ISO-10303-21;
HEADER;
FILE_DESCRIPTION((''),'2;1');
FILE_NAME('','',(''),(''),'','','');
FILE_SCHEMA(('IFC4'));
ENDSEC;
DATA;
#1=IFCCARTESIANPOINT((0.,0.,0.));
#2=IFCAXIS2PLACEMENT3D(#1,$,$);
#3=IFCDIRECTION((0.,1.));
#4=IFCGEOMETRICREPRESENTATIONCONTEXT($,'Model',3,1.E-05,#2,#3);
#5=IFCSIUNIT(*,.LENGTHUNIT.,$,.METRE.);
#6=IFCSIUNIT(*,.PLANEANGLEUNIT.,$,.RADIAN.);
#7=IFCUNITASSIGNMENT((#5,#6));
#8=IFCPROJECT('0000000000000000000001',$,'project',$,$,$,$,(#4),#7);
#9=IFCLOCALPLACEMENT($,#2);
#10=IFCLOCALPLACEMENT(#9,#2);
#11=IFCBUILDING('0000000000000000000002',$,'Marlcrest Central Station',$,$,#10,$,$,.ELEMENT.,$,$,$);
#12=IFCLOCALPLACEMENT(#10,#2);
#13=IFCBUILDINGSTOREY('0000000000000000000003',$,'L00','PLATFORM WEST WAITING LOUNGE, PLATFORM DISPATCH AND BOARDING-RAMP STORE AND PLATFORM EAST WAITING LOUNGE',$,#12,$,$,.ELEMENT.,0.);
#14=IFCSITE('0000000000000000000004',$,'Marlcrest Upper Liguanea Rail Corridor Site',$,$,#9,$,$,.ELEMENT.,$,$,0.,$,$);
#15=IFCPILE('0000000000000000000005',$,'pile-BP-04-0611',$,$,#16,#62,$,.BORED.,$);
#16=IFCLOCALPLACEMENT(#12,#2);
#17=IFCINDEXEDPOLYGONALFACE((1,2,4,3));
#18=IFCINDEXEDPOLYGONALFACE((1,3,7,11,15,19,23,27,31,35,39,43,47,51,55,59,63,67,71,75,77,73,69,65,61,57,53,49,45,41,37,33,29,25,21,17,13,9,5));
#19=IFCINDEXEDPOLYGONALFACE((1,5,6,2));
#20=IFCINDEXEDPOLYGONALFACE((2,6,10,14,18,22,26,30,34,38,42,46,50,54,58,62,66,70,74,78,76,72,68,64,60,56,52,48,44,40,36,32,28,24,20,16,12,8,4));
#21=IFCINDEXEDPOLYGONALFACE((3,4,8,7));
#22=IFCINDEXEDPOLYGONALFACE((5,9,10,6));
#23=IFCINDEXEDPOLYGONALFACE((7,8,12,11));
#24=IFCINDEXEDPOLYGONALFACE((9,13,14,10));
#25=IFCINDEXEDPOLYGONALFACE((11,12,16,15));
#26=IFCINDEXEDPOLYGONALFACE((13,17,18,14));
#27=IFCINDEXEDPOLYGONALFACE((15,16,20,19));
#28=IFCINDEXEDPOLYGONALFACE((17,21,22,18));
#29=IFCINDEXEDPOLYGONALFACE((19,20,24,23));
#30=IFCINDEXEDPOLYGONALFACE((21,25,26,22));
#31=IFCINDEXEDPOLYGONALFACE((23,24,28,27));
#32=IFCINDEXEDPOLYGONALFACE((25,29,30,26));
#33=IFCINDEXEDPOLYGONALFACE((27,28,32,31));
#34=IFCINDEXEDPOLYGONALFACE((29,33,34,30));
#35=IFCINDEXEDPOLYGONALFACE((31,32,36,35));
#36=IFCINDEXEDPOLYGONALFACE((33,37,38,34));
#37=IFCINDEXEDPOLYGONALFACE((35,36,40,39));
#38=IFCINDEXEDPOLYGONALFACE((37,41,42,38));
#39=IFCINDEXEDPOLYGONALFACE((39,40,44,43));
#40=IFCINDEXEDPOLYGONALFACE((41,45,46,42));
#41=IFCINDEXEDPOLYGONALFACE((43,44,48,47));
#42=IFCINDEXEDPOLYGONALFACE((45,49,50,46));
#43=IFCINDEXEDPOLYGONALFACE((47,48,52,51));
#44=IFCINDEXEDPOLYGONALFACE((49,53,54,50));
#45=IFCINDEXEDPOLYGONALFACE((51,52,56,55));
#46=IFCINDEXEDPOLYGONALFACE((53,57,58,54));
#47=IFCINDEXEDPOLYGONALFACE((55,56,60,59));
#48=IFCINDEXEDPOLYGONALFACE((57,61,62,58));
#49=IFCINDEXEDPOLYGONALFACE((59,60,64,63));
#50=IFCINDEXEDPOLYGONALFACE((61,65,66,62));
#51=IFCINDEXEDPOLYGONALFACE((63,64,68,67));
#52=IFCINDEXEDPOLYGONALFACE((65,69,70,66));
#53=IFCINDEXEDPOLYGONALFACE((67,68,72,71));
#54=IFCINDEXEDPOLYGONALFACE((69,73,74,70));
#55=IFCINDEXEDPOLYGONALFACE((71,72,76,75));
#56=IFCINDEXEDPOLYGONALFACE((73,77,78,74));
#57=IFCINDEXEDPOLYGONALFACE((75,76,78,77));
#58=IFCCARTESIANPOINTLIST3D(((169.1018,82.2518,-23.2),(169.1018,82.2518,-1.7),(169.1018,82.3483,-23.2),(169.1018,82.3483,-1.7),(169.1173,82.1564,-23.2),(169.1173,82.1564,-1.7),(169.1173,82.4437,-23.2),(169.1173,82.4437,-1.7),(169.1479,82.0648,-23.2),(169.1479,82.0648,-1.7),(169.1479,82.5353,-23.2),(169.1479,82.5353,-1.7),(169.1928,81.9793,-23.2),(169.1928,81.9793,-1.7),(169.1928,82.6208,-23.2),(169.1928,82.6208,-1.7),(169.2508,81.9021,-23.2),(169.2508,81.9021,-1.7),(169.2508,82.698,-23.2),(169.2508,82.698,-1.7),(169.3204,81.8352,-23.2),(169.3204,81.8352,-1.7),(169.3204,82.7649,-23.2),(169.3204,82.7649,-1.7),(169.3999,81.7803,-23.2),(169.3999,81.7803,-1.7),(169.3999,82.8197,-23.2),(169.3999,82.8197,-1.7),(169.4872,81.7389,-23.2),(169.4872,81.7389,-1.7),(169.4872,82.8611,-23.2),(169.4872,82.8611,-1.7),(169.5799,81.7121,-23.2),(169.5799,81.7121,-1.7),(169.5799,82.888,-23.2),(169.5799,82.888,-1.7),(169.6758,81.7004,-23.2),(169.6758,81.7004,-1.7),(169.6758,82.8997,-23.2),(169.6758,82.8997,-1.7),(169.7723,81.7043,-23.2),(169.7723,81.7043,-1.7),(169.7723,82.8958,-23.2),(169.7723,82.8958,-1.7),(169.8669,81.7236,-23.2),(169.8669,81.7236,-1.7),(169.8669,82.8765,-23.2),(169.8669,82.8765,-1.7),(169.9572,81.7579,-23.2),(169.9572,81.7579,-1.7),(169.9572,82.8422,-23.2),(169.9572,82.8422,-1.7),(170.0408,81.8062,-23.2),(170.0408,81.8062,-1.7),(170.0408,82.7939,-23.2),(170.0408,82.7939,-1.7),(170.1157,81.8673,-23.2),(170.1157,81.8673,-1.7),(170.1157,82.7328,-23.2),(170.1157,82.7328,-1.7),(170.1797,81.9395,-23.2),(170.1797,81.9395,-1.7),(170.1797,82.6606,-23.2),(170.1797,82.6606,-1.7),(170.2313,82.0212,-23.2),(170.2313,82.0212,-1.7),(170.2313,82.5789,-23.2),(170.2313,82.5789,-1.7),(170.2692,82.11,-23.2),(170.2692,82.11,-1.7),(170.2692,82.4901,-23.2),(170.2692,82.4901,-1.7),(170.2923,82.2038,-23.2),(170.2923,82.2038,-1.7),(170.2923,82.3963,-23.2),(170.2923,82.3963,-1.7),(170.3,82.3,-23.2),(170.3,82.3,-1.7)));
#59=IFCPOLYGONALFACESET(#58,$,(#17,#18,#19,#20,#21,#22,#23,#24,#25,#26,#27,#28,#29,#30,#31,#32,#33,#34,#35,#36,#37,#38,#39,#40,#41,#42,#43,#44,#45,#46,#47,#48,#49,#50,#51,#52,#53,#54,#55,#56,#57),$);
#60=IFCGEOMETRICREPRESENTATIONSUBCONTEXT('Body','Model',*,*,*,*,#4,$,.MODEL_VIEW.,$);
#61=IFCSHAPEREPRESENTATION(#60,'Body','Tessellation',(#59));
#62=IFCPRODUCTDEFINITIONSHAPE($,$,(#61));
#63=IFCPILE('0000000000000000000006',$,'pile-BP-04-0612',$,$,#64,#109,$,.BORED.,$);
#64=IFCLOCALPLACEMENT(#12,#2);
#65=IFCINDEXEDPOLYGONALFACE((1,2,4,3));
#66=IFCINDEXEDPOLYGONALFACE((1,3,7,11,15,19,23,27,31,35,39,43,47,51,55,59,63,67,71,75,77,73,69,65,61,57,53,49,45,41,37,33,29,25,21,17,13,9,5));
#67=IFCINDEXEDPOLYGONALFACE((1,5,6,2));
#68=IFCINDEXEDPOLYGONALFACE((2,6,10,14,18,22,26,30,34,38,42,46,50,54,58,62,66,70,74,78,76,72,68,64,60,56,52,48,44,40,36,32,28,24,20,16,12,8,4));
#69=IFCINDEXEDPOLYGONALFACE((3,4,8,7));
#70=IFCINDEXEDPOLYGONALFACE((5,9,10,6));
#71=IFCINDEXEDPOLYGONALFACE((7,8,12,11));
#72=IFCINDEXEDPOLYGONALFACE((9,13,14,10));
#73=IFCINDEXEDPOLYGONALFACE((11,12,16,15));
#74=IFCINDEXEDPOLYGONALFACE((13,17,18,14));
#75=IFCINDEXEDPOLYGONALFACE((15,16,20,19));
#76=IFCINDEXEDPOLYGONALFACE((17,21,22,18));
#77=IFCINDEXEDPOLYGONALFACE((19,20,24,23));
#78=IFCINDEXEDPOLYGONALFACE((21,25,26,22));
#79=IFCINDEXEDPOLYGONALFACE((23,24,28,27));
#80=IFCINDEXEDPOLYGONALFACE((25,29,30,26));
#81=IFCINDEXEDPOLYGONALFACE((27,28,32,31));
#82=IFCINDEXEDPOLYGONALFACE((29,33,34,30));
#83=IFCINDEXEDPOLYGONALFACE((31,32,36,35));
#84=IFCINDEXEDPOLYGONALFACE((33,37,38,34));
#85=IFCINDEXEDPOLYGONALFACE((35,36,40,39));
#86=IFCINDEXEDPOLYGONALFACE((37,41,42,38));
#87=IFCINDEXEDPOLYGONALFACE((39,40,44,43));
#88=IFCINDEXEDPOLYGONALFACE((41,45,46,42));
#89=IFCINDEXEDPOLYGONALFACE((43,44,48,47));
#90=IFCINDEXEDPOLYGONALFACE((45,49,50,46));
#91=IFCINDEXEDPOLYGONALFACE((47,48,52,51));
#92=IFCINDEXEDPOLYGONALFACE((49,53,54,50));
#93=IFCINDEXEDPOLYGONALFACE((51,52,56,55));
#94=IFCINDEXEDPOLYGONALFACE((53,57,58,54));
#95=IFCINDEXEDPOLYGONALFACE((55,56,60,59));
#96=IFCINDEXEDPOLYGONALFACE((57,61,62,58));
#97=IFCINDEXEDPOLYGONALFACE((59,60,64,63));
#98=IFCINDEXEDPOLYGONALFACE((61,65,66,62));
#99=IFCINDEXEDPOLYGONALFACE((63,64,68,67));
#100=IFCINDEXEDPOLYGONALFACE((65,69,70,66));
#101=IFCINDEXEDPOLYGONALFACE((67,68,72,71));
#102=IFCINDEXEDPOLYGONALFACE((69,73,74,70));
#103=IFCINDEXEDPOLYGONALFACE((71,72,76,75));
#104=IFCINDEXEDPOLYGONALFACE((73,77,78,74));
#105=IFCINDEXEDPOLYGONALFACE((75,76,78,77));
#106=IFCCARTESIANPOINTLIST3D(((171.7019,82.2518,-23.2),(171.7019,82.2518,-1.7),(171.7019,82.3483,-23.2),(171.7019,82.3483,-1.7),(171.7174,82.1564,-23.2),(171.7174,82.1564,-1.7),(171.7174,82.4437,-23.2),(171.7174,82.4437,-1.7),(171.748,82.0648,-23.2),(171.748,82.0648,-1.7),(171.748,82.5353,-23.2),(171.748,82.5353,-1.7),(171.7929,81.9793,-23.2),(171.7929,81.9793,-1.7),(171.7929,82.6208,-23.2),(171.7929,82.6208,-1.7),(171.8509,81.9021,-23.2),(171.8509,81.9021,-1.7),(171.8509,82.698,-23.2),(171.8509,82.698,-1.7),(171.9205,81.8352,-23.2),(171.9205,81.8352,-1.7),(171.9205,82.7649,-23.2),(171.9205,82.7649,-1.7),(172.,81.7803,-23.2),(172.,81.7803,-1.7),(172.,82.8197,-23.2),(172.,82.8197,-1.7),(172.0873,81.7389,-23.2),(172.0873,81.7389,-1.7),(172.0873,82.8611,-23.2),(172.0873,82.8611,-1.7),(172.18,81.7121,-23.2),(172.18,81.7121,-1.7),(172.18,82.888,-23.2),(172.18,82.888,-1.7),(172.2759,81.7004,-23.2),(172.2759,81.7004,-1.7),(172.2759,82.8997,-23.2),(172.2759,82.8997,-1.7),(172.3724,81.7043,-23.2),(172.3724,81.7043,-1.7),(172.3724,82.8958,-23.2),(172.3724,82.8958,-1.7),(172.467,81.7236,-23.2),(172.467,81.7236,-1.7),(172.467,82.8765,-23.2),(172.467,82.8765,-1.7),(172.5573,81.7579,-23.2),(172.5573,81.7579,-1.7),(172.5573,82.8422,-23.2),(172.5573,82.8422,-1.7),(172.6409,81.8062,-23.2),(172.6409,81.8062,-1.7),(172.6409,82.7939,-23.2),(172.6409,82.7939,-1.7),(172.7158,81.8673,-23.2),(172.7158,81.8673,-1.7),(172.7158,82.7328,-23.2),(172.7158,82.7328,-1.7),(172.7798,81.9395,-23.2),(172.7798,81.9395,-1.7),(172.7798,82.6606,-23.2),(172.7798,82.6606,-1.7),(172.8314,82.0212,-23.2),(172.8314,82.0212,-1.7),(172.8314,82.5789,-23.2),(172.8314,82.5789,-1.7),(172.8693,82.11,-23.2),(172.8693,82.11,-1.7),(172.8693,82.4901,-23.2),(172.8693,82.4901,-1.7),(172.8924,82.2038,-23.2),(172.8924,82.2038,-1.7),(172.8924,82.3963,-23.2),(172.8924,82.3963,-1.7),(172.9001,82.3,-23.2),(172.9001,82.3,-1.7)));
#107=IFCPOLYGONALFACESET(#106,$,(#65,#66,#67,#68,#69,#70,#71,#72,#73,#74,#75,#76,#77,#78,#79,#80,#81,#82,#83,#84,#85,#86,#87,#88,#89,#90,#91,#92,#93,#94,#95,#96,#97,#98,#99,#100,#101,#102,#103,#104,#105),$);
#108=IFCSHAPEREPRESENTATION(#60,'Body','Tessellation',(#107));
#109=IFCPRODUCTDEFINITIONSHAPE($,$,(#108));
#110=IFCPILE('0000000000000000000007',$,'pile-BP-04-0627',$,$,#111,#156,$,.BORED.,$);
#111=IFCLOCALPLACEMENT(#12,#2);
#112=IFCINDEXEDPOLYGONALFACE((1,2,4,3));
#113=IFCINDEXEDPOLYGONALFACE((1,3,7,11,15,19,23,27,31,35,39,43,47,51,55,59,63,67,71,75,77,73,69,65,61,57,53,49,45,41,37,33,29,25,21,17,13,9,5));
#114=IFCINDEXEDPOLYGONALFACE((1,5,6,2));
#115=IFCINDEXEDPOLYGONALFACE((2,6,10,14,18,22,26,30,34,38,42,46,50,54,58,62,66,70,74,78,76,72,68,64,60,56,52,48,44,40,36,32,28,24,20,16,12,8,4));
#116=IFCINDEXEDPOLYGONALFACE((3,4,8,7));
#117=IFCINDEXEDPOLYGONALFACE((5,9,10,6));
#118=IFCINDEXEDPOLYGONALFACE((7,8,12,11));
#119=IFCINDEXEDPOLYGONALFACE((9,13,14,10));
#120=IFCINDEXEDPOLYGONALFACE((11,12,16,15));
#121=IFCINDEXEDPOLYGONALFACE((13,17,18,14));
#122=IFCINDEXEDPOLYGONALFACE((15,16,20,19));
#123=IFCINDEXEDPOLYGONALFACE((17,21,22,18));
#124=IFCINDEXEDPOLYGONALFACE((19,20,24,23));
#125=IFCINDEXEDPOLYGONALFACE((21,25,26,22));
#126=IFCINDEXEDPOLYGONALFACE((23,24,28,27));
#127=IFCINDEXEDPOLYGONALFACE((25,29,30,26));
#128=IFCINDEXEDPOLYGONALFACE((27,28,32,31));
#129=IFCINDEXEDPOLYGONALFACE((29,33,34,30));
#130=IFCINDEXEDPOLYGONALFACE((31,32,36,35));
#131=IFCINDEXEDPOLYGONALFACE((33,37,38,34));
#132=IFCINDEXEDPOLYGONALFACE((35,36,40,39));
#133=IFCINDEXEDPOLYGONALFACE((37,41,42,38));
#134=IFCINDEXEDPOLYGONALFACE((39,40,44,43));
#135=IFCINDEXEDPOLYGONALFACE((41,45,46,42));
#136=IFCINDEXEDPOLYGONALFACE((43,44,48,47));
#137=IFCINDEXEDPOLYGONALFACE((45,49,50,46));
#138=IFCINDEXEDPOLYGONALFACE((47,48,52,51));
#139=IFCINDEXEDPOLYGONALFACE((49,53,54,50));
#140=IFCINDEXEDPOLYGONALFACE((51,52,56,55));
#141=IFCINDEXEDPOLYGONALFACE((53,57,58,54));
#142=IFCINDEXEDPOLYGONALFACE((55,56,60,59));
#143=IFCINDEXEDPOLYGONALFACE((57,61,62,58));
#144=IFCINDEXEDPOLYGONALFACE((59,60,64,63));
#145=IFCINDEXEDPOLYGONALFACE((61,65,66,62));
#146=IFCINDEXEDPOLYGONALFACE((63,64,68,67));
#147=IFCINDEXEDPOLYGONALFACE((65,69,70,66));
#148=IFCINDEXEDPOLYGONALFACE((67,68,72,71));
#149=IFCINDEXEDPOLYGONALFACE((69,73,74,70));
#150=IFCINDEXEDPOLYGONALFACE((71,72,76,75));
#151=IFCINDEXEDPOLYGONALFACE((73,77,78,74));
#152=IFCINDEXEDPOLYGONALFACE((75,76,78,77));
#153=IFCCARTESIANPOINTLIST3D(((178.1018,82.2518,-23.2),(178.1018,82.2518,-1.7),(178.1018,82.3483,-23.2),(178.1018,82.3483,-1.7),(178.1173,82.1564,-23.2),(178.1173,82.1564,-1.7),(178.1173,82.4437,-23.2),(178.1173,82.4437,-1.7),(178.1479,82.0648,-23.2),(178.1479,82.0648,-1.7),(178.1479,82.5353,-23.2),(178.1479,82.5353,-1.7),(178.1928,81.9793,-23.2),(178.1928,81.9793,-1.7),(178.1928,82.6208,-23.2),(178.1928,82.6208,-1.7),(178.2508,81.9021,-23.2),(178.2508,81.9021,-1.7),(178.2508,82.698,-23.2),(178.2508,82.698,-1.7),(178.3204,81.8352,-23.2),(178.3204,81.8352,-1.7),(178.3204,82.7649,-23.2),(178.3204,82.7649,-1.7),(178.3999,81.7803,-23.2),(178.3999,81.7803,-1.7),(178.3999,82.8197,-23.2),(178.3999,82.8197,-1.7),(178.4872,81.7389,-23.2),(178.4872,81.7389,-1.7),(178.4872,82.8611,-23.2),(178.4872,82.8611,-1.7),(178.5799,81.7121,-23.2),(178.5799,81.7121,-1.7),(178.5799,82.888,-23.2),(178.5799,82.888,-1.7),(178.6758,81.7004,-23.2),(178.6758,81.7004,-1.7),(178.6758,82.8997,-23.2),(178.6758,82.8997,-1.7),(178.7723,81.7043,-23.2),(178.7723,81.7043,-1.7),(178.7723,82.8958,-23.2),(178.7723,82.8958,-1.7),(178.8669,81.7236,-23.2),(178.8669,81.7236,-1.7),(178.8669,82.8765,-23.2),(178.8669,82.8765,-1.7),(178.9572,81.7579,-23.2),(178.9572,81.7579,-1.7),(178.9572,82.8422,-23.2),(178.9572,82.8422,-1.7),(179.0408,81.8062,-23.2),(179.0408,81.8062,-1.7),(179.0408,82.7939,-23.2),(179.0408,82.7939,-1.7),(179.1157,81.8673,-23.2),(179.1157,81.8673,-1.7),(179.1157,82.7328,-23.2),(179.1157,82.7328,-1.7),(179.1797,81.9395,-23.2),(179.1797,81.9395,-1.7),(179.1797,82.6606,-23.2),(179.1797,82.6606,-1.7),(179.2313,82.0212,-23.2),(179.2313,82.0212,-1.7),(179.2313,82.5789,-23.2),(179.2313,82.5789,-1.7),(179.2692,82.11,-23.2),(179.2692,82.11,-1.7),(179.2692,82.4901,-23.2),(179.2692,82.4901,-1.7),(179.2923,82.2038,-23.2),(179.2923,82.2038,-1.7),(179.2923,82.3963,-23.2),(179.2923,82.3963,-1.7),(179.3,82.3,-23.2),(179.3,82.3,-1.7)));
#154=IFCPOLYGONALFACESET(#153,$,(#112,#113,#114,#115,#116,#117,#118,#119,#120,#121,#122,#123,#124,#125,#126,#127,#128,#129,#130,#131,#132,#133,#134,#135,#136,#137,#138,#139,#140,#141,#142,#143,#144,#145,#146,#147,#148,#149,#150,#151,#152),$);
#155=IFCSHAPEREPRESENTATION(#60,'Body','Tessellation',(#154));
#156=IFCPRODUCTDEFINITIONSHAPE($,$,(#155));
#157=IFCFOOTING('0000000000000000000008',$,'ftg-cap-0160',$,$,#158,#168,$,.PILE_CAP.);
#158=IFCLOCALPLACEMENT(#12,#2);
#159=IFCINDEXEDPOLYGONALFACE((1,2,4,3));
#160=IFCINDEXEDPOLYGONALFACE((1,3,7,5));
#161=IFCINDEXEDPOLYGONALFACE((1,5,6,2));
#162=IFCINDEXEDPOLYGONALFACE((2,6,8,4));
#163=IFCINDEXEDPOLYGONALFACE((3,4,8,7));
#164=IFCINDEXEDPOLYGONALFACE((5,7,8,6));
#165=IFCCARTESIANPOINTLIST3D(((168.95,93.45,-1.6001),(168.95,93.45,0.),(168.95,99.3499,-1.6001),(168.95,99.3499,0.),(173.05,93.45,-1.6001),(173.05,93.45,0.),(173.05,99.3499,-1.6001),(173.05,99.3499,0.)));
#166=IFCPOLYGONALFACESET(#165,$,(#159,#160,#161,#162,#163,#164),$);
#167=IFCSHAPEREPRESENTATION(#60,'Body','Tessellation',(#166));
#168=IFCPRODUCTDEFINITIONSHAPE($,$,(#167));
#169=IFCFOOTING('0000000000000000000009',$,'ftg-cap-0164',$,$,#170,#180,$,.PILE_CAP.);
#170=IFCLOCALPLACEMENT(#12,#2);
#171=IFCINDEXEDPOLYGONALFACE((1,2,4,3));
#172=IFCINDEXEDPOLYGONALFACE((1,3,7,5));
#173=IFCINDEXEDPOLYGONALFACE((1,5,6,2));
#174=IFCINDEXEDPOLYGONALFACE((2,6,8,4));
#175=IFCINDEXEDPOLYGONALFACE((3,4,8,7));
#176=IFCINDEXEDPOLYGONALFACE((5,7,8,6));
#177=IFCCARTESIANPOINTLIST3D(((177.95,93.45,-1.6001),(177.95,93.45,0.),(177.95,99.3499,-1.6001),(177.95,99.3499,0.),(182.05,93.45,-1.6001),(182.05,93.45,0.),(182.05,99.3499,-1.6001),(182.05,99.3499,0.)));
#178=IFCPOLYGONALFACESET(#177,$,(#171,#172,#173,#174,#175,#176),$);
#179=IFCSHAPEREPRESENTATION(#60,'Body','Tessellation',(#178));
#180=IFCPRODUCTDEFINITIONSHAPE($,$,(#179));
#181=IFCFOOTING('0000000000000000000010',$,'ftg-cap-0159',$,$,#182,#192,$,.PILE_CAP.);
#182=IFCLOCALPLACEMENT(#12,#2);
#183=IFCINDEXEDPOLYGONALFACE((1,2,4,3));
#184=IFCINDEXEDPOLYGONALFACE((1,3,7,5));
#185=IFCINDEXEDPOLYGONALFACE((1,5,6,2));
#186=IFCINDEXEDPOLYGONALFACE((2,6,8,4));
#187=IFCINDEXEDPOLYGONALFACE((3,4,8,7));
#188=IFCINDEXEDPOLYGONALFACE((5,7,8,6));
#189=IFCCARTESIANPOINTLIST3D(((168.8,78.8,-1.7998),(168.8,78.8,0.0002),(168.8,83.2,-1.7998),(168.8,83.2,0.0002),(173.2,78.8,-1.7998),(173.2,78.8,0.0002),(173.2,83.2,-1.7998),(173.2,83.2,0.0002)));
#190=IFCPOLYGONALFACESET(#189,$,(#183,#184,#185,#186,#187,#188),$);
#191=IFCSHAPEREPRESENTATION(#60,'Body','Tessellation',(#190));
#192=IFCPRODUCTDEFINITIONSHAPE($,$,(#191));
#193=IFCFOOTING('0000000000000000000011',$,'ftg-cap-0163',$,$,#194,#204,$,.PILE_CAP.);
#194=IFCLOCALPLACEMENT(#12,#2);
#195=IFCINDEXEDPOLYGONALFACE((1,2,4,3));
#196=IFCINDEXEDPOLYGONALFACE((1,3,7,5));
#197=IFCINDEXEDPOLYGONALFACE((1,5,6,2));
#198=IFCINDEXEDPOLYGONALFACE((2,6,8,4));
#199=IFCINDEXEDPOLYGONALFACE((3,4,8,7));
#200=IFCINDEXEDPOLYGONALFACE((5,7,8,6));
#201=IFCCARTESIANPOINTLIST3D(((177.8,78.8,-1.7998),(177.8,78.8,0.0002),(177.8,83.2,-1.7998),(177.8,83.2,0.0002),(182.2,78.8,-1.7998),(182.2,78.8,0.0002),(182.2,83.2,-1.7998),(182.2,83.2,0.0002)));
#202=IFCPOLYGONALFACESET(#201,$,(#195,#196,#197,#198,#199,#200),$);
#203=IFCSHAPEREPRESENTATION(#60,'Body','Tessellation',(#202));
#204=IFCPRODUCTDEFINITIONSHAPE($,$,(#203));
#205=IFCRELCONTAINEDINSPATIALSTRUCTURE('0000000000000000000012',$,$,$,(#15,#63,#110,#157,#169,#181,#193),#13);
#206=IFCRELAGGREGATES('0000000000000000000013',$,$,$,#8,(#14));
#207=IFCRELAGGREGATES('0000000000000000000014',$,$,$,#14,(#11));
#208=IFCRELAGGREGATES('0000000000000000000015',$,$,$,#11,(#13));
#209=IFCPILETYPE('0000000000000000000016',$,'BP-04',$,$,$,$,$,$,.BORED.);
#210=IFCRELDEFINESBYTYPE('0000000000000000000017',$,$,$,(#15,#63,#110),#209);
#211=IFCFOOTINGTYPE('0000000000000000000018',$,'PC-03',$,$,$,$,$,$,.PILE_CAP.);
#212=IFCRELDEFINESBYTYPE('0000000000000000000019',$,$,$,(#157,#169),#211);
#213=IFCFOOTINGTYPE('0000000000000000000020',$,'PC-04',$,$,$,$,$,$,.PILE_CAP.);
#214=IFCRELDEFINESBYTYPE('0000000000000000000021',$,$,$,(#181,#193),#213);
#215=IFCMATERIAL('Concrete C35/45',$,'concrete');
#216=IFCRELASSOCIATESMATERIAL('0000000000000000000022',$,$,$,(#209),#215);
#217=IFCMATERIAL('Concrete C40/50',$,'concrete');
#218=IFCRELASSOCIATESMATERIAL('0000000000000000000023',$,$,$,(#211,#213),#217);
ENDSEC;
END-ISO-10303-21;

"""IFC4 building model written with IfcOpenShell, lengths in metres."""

from ifc_helpers import new_model, si_unit, direction, frame, origin, origin_2d, place, context, subcontext, project, spatial, rectangle, circle, extrude, material, material_profile, profile_set, type_object, element, save


model = new_model("IFC4")

# Units and contexts
model_context = context("Model", 3, precision=1e-05, world=origin(), true_north=direction((0.0, 1.0)))
body_context = subcontext(model_context, "Body", "Model", "MODEL_VIEW")
ifc_project = project(units=[si_unit("LENGTHUNIT", "METRE"), si_unit("PLANEANGLEUNIT", "RADIAN")], contexts=[model_context])

# Site, building, storey
site_placement = place(None, origin())
site = spatial("IfcSite", under=ifc_project, at=site_placement, Name="Marlcrest Upper Liguanea Rail Corridor Site", CompositionType="ELEMENT", RefElevation=0.0)
building_placement = place(site_placement, origin())
building = spatial("IfcBuilding", under=site, at=building_placement, Name="Marlcrest Central Station", CompositionType="ELEMENT")
storey_placement = place(building_placement, origin())
storey = spatial("IfcBuildingStorey", under=building, at=storey_placement, Name="L00", Description="PLATFORM WEST WAITING LOUNGE, PLATFORM DISPATCH AND BOARDING-RAMP STORE AND PLATFORM EAST WAITING LOUNGE", CompositionType="ELEMENT", Elevation=0.0)

# Piles
ifc_material_1 = material(Name="Concrete C35/45", Category="concrete")
ifc_material_profile_1 = material_profile(ifc_material_1, circle(Radius=0.6001, at=origin_2d()), Name="PILE D1200")
ifc_profile_set_1 = profile_set([ifc_material_profile_1], Name="Concrete C35/45")
pile_type_1 = type_object("IfcPileType", Name="BP-04", PredefinedType="BORED", material=ifc_profile_set_1)
for number, where, z_axis, x_axis, name in (
    (1, (169.7, 82.3, -1.7), (0.0, 0.0, -1.0), (1.0, 0.0, 0.0), "pile-BP-04-0611"),
    (2, (172.3, 82.3, -1.7), (0.0, 0.0, -1.0), (1.0, 0.0, 0.0), "pile-BP-04-0612"),
    (3, (178.7, 82.3, -1.7), (0.0, 0.0, -1.0), (1.0, 0.0, 0.0), "pile-BP-04-0627"),
):
    element("IfcPile", number, at=place(storey_placement, frame(where, z_axis=z_axis, x_axis=x_axis)), inside=storey, type_object=pile_type_1, Name=name, PredefinedType="BORED", context=body_context, shape_type="SweptSolid", body=[
        extrude(circle(Radius=0.6001, at=origin_2d()), origin(), (0.0, 0.0, 1.0), 21.5),
    ])

# Footings
ifc_material_2 = material(Name="Concrete C40/50", Category="concrete")
footing_type_1 = type_object("IfcFootingType", Name="PC-03", PredefinedType="PILE_CAP", material=ifc_material_2)
for number, where, z_axis, x_axis, name in (
    (4, (171.0, 96.3999, -1.6001), (0.0, 0.0, 1.0), (1.0, 0.0, 0.0), "ftg-cap-0160"),
    (5, (180.0, 96.3999, -1.6001), (0.0, 0.0, 1.0), (1.0, 0.0, 0.0), "ftg-cap-0164"),
):
    element("IfcFooting", number, at=place(storey_placement, frame(where, z_axis=z_axis, x_axis=x_axis)), inside=storey, type_object=footing_type_1, Name=name, PredefinedType="PILE_CAP", context=body_context, shape_type="SweptSolid", body=[
        extrude(rectangle(XDim=4.1001, YDim=5.8999, at=origin_2d()), origin(), (0.0, 0.0, 1.0), 1.6001),
    ])
footing_type_2 = type_object("IfcFootingType", Name="PC-04", PredefinedType="PILE_CAP", material=ifc_material_2)
for number, where, z_axis, x_axis, name in (
    (6, (171.0, 81.0, -1.7998), (0.0, 0.0, 1.0), (1.0, 0.0, 0.0), "ftg-cap-0159"),
    (7, (180.0, 81.0, -1.7998), (0.0, 0.0, 1.0), (1.0, 0.0, 0.0), "ftg-cap-0163"),
):
    element("IfcFooting", number, at=place(storey_placement, frame(where, z_axis=z_axis, x_axis=x_axis)), inside=storey, type_object=footing_type_2, Name=name, PredefinedType="PILE_CAP", context=body_context, shape_type="SweptSolid", body=[
        extrude(rectangle(XDim=4.3999, YDim=4.3999, at=origin_2d()), origin(), (0.0, 0.0, 1.0), 1.8),
    ])

save(model, "model.ifc")
